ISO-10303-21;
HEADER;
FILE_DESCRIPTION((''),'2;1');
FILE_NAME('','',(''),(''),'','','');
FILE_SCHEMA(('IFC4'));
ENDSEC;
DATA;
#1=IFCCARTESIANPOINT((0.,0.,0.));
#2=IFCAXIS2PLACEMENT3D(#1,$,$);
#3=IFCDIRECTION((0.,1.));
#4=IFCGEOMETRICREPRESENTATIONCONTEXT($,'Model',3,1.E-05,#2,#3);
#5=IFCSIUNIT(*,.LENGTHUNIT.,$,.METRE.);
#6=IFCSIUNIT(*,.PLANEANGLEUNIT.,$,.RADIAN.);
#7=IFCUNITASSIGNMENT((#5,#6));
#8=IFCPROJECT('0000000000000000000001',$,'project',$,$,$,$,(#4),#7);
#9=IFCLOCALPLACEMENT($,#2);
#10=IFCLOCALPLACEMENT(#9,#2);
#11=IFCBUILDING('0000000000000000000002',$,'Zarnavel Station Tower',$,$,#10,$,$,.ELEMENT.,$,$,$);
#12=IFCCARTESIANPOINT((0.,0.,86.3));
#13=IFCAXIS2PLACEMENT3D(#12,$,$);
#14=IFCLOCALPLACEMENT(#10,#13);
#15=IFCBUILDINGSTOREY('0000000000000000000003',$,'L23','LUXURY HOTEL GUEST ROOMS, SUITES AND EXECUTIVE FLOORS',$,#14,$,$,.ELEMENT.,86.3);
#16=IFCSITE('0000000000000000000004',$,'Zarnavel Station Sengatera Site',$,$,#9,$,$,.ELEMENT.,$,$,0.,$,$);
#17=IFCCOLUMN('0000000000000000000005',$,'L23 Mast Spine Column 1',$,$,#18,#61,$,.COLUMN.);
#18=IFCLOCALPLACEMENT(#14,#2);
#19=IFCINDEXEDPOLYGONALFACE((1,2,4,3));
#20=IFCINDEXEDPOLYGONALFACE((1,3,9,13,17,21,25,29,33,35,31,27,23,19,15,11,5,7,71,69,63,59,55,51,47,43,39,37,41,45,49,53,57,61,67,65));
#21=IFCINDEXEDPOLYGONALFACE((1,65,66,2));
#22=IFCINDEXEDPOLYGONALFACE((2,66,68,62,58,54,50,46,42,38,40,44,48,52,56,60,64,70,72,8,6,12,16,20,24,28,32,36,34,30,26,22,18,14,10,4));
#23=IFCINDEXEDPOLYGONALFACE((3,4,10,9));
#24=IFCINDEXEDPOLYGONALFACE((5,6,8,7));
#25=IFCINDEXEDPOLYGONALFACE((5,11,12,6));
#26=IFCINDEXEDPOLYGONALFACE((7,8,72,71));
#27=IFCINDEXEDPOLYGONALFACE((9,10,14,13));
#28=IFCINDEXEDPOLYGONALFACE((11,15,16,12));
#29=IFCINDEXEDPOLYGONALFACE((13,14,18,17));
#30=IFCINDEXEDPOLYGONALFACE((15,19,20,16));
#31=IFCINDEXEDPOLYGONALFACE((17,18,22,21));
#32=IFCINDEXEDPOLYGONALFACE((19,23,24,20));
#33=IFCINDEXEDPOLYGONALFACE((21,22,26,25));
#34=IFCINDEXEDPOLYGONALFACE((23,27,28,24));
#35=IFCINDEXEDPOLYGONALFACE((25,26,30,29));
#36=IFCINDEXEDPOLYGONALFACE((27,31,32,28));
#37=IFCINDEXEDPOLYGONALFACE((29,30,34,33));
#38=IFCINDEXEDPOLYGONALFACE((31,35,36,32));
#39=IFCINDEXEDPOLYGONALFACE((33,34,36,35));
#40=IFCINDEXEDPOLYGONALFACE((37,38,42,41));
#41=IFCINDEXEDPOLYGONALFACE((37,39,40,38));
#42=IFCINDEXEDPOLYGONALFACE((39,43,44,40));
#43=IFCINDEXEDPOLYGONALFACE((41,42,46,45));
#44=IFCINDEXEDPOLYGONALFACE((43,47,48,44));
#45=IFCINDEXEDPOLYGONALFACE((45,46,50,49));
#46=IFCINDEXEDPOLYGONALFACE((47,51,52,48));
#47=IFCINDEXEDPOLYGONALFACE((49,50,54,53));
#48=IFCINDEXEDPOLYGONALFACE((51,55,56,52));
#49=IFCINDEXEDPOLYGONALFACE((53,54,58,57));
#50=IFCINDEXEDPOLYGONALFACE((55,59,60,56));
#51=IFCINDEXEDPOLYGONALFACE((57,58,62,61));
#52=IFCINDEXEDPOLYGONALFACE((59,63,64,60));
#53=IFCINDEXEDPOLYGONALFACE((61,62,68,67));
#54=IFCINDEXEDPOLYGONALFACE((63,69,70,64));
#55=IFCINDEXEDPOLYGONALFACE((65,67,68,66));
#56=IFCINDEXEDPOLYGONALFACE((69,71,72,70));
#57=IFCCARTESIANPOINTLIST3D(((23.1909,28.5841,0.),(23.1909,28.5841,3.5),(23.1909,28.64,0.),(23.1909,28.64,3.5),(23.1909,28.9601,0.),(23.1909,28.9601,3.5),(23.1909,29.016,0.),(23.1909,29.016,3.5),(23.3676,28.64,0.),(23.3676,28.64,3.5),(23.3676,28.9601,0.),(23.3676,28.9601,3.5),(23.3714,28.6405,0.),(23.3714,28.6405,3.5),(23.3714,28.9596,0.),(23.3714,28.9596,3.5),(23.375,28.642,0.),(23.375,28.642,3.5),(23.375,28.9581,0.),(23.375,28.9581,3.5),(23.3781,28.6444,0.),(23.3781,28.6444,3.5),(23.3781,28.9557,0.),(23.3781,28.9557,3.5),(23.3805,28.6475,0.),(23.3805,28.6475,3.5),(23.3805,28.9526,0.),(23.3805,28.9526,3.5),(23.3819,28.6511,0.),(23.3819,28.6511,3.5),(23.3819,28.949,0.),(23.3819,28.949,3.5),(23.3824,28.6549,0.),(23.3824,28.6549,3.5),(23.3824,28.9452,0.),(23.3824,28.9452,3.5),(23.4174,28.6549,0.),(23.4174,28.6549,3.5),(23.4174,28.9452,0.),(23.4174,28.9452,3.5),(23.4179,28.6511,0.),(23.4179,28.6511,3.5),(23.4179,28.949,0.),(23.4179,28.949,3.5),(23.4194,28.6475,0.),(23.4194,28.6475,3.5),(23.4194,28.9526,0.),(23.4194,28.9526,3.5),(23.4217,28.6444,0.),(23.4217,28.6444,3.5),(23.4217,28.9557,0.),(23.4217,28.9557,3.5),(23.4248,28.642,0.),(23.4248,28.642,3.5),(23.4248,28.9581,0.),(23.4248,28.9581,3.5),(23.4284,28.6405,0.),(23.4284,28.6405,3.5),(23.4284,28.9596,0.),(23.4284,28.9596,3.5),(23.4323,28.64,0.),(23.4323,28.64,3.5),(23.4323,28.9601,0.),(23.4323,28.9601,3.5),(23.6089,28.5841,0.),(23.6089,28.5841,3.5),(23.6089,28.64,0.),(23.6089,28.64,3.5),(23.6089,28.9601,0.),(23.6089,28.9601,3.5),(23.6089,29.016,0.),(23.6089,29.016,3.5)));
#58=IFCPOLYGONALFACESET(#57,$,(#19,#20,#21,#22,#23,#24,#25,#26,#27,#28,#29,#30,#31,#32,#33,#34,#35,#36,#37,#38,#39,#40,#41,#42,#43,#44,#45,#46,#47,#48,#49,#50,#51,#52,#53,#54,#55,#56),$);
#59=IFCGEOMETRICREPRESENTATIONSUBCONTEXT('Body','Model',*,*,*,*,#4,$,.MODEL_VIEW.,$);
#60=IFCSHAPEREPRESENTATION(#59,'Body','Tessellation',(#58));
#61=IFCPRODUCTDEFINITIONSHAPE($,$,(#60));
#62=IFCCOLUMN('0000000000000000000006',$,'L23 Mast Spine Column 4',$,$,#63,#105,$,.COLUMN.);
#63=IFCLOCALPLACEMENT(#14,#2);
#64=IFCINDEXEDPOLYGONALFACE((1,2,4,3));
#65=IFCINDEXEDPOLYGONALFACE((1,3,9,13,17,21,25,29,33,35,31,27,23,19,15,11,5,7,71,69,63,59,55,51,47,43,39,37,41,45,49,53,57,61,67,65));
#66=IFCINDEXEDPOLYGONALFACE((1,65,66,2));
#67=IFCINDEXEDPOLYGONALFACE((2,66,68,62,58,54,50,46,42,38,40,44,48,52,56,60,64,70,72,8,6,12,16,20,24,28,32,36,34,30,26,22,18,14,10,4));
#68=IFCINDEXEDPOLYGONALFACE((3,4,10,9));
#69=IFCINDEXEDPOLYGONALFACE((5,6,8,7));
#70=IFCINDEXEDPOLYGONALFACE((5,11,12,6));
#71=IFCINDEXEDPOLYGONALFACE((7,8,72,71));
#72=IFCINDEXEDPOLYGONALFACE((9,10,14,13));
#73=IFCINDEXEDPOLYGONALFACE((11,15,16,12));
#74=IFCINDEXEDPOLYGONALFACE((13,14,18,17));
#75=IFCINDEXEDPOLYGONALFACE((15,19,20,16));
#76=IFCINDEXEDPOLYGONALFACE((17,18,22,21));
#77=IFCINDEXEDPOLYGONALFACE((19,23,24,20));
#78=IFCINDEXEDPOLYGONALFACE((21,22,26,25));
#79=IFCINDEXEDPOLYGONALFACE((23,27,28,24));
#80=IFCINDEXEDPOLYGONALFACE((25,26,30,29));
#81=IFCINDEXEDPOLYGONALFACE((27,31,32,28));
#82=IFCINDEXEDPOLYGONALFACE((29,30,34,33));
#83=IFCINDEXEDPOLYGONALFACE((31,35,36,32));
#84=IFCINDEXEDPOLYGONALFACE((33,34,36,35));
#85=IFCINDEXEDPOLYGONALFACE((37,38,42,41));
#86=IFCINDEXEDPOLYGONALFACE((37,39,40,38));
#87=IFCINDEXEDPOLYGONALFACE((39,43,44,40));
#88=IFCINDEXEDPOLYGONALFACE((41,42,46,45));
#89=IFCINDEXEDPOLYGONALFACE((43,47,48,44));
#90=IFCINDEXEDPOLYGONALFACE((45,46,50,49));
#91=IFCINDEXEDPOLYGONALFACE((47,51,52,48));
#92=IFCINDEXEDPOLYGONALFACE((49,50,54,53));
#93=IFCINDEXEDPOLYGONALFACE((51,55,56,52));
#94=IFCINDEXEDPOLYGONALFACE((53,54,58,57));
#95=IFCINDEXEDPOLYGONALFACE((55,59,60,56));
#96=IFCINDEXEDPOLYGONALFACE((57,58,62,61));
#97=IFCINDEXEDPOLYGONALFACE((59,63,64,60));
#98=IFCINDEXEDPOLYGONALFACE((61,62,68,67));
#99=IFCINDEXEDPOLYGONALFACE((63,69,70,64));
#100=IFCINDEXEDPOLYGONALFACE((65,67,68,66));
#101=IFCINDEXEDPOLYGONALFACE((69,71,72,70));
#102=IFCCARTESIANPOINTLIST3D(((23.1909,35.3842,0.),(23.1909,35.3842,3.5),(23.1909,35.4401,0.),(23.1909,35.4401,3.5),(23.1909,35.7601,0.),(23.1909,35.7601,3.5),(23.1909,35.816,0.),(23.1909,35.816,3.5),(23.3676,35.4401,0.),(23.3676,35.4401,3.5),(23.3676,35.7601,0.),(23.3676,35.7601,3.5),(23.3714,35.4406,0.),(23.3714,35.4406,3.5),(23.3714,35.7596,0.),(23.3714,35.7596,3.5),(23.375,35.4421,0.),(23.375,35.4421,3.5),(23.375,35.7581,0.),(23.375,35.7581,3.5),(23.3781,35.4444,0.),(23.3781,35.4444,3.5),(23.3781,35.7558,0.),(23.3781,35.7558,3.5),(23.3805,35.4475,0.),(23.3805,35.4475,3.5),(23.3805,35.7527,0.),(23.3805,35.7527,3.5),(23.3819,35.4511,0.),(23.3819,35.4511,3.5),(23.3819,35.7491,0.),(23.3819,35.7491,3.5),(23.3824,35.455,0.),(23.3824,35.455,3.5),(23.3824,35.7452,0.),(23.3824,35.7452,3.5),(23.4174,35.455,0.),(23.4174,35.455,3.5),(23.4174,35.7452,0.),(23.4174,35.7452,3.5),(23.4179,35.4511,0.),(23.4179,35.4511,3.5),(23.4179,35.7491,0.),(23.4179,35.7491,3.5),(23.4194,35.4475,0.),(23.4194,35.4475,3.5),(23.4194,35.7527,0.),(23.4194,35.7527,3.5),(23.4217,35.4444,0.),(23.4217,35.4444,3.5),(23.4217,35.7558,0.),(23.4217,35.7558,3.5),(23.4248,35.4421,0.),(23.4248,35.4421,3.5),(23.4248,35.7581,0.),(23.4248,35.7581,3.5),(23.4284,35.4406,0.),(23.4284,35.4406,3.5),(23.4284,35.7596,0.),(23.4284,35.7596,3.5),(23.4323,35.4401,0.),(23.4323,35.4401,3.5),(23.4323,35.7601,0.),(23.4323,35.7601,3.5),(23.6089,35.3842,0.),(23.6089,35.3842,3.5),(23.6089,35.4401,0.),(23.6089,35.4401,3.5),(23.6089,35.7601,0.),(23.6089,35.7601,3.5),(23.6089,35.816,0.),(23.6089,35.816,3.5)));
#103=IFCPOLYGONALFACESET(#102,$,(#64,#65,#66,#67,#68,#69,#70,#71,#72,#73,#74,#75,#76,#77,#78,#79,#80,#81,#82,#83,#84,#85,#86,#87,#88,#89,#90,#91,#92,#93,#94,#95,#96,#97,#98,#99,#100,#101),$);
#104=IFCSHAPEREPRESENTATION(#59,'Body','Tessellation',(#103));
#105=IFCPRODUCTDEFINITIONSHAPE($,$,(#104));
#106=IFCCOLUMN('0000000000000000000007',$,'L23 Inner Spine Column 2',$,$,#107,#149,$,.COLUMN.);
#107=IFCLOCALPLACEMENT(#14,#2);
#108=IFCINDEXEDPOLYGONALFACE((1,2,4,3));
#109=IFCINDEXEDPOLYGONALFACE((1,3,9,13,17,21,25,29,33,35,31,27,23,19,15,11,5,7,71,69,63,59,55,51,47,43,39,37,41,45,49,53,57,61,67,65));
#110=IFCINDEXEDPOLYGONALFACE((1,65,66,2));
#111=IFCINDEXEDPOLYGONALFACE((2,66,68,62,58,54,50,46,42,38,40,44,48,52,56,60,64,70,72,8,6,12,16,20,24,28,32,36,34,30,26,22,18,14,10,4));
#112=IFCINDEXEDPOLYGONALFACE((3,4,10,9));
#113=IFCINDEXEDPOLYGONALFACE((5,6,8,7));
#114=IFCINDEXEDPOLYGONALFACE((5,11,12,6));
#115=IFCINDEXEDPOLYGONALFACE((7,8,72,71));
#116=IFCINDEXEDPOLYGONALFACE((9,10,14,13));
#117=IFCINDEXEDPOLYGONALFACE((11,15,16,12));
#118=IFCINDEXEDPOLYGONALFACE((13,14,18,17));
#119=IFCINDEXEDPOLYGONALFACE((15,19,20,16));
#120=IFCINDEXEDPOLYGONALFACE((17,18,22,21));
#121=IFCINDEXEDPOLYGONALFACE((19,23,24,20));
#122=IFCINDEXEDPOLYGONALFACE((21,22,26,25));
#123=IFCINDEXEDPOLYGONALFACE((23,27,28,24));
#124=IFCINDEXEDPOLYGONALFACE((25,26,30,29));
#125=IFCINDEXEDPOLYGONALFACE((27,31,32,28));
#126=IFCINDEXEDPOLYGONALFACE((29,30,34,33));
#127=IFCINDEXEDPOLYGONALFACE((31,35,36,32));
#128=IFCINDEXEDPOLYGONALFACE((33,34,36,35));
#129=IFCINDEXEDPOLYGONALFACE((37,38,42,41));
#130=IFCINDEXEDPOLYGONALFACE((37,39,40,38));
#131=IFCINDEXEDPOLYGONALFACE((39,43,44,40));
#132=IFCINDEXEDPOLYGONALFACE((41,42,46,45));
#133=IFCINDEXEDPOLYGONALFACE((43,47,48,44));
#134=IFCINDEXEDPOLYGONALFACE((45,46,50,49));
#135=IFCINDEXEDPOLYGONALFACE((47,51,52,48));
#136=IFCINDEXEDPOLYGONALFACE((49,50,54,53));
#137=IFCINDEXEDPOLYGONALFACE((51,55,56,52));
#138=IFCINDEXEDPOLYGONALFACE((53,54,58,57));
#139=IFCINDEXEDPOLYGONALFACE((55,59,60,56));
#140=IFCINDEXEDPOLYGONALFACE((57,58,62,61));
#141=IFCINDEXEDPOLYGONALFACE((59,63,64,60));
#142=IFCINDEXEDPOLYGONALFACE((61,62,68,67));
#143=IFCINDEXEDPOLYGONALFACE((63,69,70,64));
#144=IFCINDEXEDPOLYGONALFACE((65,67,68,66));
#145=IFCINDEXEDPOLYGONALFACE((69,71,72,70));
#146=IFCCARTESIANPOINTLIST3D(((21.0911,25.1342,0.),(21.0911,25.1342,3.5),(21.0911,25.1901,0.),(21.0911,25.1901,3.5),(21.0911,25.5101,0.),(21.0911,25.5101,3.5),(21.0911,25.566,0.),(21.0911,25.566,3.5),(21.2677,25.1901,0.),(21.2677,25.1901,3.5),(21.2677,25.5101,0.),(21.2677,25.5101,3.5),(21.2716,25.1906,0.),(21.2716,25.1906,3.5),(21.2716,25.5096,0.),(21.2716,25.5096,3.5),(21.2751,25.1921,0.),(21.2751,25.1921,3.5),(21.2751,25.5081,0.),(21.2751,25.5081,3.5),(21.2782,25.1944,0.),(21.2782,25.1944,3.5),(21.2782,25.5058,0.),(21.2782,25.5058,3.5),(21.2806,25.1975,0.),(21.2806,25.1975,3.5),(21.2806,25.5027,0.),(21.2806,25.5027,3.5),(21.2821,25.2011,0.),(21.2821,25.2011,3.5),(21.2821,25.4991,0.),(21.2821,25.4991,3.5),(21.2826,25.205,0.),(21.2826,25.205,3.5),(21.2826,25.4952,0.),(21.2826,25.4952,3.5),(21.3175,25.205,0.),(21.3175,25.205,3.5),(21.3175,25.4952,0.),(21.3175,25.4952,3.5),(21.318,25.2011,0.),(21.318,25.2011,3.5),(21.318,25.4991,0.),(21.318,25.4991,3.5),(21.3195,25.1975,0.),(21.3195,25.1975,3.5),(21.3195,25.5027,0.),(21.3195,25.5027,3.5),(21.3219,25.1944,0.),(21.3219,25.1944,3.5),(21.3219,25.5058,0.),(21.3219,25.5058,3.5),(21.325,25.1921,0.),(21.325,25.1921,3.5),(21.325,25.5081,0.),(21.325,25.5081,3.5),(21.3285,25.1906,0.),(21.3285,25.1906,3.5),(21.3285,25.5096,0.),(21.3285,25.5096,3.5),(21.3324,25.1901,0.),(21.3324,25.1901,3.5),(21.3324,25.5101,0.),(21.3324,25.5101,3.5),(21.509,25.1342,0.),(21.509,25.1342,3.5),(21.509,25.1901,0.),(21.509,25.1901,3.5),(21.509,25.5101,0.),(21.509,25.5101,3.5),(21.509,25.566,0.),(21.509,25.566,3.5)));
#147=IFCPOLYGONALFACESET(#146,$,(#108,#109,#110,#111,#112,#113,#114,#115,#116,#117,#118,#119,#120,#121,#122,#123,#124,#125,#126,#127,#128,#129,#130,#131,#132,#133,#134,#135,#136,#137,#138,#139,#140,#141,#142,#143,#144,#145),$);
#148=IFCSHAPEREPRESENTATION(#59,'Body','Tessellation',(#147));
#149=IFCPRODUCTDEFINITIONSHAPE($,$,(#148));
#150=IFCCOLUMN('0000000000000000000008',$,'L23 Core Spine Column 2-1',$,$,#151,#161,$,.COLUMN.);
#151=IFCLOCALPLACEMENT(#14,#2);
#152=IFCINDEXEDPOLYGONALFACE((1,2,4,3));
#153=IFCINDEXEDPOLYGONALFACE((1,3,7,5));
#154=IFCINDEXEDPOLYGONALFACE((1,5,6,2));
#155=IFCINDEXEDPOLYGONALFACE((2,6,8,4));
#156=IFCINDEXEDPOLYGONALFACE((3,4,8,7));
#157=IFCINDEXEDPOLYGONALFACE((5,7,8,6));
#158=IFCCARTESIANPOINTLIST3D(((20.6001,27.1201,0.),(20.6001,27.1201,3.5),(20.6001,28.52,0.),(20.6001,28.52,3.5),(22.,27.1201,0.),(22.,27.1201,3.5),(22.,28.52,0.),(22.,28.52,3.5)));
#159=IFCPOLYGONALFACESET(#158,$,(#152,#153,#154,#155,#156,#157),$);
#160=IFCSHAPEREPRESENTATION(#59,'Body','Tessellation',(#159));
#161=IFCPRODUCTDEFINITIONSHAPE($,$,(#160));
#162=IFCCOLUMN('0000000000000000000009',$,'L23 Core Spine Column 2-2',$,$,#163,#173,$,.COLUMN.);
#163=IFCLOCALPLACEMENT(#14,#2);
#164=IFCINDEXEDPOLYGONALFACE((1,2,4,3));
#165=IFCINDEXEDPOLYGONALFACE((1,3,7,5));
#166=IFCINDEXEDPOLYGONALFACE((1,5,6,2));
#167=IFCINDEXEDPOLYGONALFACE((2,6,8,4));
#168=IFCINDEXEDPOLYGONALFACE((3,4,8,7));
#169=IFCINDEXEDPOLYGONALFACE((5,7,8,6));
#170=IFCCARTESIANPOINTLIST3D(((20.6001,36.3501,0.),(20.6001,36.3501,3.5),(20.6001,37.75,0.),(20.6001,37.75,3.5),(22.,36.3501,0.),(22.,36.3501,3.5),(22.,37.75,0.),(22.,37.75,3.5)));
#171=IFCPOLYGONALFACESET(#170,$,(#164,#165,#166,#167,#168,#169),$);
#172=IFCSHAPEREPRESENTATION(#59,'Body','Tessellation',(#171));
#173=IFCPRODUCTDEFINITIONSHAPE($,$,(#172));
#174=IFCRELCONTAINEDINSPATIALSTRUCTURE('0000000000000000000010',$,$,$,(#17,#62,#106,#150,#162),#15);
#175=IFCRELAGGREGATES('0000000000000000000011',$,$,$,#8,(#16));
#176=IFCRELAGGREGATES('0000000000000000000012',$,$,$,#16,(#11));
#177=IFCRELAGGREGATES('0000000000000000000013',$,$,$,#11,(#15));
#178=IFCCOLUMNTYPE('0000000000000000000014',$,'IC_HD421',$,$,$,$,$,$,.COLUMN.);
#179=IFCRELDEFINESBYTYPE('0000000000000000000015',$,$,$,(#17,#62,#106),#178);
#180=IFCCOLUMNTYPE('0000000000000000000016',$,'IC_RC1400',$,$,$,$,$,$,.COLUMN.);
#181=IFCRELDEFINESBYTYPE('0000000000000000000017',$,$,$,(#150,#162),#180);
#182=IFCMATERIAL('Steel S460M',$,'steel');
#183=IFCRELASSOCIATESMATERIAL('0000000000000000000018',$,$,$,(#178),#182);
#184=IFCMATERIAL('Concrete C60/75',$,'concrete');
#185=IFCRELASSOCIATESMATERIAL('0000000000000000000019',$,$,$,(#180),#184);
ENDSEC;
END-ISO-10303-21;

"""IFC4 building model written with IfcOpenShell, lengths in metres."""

from ifc_helpers import new_model, si_unit, direction, frame, origin, origin_2d, place, context, subcontext, project, spatial, rectangle, i_section, extrude, material, material_profile, profile_set, type_object, element, save


model = new_model("IFC4")

# Units and contexts
model_context = context("Model", 3, precision=1e-05, world=origin(), true_north=direction((0.0, 1.0)))
body_context = subcontext(model_context, "Body", "Model", "MODEL_VIEW")
ifc_project = project(units=[si_unit("LENGTHUNIT", "METRE"), si_unit("PLANEANGLEUNIT", "RADIAN")], contexts=[model_context])

# Site, building, storey
site_placement = place(None, origin())
site = spatial("IfcSite", under=ifc_project, at=site_placement, Name="Zarnavel Station Sengatera Site", CompositionType="ELEMENT", RefElevation=0.0)
building_placement = place(site_placement, origin())
building = spatial("IfcBuilding", under=site, at=building_placement, Name="Zarnavel Station Tower", CompositionType="ELEMENT")
storey_placement = place(building_placement, frame((0.0, 0.0, 86.3)))
storey = spatial("IfcBuildingStorey", under=building, at=storey_placement, Name="L23", Description="LUXURY HOTEL GUEST ROOMS, SUITES AND EXECUTIVE FLOORS", CompositionType="ELEMENT", Elevation=86.3)

# Columns
ifc_material_1 = material(Name="Steel S460M", Category="steel")
ifc_material_profile_1 = material_profile(ifc_material_1, i_section(OverallWidth=0.418, OverallDepth=0.4319, WebThickness=0.0349, FlangeThickness=0.0559, FilletRadius=0.0149, at=origin_2d()), Name="HD400x421")
ifc_profile_set_1 = profile_set([ifc_material_profile_1], Name="Steel S460M")
column_type_1 = type_object("IfcColumnType", Name="IC_HD421", PredefinedType="COLUMN", material=ifc_profile_set_1)
for number, where, z_axis, x_axis, name in (
    (1, (23.3999, 28.8, 0.0), (0.0, 0.0, 1.0), (1.0, 0.0, 0.0), "L23 Mast Spine Column 1"),
    (2, (23.3999, 35.6001, 0.0), (0.0, 0.0, 1.0), (1.0, 0.0, 0.0), "L23 Mast Spine Column 4"),
    (3, (21.3, 25.3501, 0.0), (0.0, 0.0, 1.0), (1.0, 0.0, 0.0), "L23 Inner Spine Column 2"),
):
    element("IfcColumn", number, at=place(storey_placement, frame(where, z_axis=z_axis, x_axis=x_axis)), inside=storey, type_object=column_type_1, Name=name, PredefinedType="COLUMN", context=body_context, shape_type="SweptSolid", body=[
        extrude(i_section(OverallWidth=0.418, OverallDepth=0.4319, WebThickness=0.0349, FlangeThickness=0.0559, FilletRadius=0.0149, at=origin_2d()), origin(), (0.0, 0.0, 1.0), 3.5),
    ])
ifc_material_2 = material(Name="Concrete C60/75", Category="concrete")
ifc_material_profile_2 = material_profile(ifc_material_2, rectangle(XDim=1.3999, YDim=1.3999, at=origin_2d()), Name="RC1400x1400")
ifc_profile_set_2 = profile_set([ifc_material_profile_2], Name="Concrete C60/75")
column_type_2 = type_object("IfcColumnType", Name="IC_RC1400", PredefinedType="COLUMN", material=ifc_profile_set_2)
for number, where, z_axis, x_axis, name in (
    (4, (21.3, 27.8201, 0.0), (0.0, 0.0, 1.0), (1.0, 0.0, 0.0), "L23 Core Spine Column 2-1"),
    (5, (21.3, 37.05, 0.0), (0.0, 0.0, 1.0), (1.0, 0.0, 0.0), "L23 Core Spine Column 2-2"),
):
    element("IfcColumn", number, at=place(storey_placement, frame(where, z_axis=z_axis, x_axis=x_axis)), inside=storey, type_object=column_type_2, Name=name, PredefinedType="COLUMN", context=body_context, shape_type="SweptSolid", body=[
        extrude(rectangle(XDim=1.3999, YDim=1.3999, at=origin_2d()), origin(), (0.0, 0.0, 1.0), 3.5),
    ])

save(model, "model.ifc")
